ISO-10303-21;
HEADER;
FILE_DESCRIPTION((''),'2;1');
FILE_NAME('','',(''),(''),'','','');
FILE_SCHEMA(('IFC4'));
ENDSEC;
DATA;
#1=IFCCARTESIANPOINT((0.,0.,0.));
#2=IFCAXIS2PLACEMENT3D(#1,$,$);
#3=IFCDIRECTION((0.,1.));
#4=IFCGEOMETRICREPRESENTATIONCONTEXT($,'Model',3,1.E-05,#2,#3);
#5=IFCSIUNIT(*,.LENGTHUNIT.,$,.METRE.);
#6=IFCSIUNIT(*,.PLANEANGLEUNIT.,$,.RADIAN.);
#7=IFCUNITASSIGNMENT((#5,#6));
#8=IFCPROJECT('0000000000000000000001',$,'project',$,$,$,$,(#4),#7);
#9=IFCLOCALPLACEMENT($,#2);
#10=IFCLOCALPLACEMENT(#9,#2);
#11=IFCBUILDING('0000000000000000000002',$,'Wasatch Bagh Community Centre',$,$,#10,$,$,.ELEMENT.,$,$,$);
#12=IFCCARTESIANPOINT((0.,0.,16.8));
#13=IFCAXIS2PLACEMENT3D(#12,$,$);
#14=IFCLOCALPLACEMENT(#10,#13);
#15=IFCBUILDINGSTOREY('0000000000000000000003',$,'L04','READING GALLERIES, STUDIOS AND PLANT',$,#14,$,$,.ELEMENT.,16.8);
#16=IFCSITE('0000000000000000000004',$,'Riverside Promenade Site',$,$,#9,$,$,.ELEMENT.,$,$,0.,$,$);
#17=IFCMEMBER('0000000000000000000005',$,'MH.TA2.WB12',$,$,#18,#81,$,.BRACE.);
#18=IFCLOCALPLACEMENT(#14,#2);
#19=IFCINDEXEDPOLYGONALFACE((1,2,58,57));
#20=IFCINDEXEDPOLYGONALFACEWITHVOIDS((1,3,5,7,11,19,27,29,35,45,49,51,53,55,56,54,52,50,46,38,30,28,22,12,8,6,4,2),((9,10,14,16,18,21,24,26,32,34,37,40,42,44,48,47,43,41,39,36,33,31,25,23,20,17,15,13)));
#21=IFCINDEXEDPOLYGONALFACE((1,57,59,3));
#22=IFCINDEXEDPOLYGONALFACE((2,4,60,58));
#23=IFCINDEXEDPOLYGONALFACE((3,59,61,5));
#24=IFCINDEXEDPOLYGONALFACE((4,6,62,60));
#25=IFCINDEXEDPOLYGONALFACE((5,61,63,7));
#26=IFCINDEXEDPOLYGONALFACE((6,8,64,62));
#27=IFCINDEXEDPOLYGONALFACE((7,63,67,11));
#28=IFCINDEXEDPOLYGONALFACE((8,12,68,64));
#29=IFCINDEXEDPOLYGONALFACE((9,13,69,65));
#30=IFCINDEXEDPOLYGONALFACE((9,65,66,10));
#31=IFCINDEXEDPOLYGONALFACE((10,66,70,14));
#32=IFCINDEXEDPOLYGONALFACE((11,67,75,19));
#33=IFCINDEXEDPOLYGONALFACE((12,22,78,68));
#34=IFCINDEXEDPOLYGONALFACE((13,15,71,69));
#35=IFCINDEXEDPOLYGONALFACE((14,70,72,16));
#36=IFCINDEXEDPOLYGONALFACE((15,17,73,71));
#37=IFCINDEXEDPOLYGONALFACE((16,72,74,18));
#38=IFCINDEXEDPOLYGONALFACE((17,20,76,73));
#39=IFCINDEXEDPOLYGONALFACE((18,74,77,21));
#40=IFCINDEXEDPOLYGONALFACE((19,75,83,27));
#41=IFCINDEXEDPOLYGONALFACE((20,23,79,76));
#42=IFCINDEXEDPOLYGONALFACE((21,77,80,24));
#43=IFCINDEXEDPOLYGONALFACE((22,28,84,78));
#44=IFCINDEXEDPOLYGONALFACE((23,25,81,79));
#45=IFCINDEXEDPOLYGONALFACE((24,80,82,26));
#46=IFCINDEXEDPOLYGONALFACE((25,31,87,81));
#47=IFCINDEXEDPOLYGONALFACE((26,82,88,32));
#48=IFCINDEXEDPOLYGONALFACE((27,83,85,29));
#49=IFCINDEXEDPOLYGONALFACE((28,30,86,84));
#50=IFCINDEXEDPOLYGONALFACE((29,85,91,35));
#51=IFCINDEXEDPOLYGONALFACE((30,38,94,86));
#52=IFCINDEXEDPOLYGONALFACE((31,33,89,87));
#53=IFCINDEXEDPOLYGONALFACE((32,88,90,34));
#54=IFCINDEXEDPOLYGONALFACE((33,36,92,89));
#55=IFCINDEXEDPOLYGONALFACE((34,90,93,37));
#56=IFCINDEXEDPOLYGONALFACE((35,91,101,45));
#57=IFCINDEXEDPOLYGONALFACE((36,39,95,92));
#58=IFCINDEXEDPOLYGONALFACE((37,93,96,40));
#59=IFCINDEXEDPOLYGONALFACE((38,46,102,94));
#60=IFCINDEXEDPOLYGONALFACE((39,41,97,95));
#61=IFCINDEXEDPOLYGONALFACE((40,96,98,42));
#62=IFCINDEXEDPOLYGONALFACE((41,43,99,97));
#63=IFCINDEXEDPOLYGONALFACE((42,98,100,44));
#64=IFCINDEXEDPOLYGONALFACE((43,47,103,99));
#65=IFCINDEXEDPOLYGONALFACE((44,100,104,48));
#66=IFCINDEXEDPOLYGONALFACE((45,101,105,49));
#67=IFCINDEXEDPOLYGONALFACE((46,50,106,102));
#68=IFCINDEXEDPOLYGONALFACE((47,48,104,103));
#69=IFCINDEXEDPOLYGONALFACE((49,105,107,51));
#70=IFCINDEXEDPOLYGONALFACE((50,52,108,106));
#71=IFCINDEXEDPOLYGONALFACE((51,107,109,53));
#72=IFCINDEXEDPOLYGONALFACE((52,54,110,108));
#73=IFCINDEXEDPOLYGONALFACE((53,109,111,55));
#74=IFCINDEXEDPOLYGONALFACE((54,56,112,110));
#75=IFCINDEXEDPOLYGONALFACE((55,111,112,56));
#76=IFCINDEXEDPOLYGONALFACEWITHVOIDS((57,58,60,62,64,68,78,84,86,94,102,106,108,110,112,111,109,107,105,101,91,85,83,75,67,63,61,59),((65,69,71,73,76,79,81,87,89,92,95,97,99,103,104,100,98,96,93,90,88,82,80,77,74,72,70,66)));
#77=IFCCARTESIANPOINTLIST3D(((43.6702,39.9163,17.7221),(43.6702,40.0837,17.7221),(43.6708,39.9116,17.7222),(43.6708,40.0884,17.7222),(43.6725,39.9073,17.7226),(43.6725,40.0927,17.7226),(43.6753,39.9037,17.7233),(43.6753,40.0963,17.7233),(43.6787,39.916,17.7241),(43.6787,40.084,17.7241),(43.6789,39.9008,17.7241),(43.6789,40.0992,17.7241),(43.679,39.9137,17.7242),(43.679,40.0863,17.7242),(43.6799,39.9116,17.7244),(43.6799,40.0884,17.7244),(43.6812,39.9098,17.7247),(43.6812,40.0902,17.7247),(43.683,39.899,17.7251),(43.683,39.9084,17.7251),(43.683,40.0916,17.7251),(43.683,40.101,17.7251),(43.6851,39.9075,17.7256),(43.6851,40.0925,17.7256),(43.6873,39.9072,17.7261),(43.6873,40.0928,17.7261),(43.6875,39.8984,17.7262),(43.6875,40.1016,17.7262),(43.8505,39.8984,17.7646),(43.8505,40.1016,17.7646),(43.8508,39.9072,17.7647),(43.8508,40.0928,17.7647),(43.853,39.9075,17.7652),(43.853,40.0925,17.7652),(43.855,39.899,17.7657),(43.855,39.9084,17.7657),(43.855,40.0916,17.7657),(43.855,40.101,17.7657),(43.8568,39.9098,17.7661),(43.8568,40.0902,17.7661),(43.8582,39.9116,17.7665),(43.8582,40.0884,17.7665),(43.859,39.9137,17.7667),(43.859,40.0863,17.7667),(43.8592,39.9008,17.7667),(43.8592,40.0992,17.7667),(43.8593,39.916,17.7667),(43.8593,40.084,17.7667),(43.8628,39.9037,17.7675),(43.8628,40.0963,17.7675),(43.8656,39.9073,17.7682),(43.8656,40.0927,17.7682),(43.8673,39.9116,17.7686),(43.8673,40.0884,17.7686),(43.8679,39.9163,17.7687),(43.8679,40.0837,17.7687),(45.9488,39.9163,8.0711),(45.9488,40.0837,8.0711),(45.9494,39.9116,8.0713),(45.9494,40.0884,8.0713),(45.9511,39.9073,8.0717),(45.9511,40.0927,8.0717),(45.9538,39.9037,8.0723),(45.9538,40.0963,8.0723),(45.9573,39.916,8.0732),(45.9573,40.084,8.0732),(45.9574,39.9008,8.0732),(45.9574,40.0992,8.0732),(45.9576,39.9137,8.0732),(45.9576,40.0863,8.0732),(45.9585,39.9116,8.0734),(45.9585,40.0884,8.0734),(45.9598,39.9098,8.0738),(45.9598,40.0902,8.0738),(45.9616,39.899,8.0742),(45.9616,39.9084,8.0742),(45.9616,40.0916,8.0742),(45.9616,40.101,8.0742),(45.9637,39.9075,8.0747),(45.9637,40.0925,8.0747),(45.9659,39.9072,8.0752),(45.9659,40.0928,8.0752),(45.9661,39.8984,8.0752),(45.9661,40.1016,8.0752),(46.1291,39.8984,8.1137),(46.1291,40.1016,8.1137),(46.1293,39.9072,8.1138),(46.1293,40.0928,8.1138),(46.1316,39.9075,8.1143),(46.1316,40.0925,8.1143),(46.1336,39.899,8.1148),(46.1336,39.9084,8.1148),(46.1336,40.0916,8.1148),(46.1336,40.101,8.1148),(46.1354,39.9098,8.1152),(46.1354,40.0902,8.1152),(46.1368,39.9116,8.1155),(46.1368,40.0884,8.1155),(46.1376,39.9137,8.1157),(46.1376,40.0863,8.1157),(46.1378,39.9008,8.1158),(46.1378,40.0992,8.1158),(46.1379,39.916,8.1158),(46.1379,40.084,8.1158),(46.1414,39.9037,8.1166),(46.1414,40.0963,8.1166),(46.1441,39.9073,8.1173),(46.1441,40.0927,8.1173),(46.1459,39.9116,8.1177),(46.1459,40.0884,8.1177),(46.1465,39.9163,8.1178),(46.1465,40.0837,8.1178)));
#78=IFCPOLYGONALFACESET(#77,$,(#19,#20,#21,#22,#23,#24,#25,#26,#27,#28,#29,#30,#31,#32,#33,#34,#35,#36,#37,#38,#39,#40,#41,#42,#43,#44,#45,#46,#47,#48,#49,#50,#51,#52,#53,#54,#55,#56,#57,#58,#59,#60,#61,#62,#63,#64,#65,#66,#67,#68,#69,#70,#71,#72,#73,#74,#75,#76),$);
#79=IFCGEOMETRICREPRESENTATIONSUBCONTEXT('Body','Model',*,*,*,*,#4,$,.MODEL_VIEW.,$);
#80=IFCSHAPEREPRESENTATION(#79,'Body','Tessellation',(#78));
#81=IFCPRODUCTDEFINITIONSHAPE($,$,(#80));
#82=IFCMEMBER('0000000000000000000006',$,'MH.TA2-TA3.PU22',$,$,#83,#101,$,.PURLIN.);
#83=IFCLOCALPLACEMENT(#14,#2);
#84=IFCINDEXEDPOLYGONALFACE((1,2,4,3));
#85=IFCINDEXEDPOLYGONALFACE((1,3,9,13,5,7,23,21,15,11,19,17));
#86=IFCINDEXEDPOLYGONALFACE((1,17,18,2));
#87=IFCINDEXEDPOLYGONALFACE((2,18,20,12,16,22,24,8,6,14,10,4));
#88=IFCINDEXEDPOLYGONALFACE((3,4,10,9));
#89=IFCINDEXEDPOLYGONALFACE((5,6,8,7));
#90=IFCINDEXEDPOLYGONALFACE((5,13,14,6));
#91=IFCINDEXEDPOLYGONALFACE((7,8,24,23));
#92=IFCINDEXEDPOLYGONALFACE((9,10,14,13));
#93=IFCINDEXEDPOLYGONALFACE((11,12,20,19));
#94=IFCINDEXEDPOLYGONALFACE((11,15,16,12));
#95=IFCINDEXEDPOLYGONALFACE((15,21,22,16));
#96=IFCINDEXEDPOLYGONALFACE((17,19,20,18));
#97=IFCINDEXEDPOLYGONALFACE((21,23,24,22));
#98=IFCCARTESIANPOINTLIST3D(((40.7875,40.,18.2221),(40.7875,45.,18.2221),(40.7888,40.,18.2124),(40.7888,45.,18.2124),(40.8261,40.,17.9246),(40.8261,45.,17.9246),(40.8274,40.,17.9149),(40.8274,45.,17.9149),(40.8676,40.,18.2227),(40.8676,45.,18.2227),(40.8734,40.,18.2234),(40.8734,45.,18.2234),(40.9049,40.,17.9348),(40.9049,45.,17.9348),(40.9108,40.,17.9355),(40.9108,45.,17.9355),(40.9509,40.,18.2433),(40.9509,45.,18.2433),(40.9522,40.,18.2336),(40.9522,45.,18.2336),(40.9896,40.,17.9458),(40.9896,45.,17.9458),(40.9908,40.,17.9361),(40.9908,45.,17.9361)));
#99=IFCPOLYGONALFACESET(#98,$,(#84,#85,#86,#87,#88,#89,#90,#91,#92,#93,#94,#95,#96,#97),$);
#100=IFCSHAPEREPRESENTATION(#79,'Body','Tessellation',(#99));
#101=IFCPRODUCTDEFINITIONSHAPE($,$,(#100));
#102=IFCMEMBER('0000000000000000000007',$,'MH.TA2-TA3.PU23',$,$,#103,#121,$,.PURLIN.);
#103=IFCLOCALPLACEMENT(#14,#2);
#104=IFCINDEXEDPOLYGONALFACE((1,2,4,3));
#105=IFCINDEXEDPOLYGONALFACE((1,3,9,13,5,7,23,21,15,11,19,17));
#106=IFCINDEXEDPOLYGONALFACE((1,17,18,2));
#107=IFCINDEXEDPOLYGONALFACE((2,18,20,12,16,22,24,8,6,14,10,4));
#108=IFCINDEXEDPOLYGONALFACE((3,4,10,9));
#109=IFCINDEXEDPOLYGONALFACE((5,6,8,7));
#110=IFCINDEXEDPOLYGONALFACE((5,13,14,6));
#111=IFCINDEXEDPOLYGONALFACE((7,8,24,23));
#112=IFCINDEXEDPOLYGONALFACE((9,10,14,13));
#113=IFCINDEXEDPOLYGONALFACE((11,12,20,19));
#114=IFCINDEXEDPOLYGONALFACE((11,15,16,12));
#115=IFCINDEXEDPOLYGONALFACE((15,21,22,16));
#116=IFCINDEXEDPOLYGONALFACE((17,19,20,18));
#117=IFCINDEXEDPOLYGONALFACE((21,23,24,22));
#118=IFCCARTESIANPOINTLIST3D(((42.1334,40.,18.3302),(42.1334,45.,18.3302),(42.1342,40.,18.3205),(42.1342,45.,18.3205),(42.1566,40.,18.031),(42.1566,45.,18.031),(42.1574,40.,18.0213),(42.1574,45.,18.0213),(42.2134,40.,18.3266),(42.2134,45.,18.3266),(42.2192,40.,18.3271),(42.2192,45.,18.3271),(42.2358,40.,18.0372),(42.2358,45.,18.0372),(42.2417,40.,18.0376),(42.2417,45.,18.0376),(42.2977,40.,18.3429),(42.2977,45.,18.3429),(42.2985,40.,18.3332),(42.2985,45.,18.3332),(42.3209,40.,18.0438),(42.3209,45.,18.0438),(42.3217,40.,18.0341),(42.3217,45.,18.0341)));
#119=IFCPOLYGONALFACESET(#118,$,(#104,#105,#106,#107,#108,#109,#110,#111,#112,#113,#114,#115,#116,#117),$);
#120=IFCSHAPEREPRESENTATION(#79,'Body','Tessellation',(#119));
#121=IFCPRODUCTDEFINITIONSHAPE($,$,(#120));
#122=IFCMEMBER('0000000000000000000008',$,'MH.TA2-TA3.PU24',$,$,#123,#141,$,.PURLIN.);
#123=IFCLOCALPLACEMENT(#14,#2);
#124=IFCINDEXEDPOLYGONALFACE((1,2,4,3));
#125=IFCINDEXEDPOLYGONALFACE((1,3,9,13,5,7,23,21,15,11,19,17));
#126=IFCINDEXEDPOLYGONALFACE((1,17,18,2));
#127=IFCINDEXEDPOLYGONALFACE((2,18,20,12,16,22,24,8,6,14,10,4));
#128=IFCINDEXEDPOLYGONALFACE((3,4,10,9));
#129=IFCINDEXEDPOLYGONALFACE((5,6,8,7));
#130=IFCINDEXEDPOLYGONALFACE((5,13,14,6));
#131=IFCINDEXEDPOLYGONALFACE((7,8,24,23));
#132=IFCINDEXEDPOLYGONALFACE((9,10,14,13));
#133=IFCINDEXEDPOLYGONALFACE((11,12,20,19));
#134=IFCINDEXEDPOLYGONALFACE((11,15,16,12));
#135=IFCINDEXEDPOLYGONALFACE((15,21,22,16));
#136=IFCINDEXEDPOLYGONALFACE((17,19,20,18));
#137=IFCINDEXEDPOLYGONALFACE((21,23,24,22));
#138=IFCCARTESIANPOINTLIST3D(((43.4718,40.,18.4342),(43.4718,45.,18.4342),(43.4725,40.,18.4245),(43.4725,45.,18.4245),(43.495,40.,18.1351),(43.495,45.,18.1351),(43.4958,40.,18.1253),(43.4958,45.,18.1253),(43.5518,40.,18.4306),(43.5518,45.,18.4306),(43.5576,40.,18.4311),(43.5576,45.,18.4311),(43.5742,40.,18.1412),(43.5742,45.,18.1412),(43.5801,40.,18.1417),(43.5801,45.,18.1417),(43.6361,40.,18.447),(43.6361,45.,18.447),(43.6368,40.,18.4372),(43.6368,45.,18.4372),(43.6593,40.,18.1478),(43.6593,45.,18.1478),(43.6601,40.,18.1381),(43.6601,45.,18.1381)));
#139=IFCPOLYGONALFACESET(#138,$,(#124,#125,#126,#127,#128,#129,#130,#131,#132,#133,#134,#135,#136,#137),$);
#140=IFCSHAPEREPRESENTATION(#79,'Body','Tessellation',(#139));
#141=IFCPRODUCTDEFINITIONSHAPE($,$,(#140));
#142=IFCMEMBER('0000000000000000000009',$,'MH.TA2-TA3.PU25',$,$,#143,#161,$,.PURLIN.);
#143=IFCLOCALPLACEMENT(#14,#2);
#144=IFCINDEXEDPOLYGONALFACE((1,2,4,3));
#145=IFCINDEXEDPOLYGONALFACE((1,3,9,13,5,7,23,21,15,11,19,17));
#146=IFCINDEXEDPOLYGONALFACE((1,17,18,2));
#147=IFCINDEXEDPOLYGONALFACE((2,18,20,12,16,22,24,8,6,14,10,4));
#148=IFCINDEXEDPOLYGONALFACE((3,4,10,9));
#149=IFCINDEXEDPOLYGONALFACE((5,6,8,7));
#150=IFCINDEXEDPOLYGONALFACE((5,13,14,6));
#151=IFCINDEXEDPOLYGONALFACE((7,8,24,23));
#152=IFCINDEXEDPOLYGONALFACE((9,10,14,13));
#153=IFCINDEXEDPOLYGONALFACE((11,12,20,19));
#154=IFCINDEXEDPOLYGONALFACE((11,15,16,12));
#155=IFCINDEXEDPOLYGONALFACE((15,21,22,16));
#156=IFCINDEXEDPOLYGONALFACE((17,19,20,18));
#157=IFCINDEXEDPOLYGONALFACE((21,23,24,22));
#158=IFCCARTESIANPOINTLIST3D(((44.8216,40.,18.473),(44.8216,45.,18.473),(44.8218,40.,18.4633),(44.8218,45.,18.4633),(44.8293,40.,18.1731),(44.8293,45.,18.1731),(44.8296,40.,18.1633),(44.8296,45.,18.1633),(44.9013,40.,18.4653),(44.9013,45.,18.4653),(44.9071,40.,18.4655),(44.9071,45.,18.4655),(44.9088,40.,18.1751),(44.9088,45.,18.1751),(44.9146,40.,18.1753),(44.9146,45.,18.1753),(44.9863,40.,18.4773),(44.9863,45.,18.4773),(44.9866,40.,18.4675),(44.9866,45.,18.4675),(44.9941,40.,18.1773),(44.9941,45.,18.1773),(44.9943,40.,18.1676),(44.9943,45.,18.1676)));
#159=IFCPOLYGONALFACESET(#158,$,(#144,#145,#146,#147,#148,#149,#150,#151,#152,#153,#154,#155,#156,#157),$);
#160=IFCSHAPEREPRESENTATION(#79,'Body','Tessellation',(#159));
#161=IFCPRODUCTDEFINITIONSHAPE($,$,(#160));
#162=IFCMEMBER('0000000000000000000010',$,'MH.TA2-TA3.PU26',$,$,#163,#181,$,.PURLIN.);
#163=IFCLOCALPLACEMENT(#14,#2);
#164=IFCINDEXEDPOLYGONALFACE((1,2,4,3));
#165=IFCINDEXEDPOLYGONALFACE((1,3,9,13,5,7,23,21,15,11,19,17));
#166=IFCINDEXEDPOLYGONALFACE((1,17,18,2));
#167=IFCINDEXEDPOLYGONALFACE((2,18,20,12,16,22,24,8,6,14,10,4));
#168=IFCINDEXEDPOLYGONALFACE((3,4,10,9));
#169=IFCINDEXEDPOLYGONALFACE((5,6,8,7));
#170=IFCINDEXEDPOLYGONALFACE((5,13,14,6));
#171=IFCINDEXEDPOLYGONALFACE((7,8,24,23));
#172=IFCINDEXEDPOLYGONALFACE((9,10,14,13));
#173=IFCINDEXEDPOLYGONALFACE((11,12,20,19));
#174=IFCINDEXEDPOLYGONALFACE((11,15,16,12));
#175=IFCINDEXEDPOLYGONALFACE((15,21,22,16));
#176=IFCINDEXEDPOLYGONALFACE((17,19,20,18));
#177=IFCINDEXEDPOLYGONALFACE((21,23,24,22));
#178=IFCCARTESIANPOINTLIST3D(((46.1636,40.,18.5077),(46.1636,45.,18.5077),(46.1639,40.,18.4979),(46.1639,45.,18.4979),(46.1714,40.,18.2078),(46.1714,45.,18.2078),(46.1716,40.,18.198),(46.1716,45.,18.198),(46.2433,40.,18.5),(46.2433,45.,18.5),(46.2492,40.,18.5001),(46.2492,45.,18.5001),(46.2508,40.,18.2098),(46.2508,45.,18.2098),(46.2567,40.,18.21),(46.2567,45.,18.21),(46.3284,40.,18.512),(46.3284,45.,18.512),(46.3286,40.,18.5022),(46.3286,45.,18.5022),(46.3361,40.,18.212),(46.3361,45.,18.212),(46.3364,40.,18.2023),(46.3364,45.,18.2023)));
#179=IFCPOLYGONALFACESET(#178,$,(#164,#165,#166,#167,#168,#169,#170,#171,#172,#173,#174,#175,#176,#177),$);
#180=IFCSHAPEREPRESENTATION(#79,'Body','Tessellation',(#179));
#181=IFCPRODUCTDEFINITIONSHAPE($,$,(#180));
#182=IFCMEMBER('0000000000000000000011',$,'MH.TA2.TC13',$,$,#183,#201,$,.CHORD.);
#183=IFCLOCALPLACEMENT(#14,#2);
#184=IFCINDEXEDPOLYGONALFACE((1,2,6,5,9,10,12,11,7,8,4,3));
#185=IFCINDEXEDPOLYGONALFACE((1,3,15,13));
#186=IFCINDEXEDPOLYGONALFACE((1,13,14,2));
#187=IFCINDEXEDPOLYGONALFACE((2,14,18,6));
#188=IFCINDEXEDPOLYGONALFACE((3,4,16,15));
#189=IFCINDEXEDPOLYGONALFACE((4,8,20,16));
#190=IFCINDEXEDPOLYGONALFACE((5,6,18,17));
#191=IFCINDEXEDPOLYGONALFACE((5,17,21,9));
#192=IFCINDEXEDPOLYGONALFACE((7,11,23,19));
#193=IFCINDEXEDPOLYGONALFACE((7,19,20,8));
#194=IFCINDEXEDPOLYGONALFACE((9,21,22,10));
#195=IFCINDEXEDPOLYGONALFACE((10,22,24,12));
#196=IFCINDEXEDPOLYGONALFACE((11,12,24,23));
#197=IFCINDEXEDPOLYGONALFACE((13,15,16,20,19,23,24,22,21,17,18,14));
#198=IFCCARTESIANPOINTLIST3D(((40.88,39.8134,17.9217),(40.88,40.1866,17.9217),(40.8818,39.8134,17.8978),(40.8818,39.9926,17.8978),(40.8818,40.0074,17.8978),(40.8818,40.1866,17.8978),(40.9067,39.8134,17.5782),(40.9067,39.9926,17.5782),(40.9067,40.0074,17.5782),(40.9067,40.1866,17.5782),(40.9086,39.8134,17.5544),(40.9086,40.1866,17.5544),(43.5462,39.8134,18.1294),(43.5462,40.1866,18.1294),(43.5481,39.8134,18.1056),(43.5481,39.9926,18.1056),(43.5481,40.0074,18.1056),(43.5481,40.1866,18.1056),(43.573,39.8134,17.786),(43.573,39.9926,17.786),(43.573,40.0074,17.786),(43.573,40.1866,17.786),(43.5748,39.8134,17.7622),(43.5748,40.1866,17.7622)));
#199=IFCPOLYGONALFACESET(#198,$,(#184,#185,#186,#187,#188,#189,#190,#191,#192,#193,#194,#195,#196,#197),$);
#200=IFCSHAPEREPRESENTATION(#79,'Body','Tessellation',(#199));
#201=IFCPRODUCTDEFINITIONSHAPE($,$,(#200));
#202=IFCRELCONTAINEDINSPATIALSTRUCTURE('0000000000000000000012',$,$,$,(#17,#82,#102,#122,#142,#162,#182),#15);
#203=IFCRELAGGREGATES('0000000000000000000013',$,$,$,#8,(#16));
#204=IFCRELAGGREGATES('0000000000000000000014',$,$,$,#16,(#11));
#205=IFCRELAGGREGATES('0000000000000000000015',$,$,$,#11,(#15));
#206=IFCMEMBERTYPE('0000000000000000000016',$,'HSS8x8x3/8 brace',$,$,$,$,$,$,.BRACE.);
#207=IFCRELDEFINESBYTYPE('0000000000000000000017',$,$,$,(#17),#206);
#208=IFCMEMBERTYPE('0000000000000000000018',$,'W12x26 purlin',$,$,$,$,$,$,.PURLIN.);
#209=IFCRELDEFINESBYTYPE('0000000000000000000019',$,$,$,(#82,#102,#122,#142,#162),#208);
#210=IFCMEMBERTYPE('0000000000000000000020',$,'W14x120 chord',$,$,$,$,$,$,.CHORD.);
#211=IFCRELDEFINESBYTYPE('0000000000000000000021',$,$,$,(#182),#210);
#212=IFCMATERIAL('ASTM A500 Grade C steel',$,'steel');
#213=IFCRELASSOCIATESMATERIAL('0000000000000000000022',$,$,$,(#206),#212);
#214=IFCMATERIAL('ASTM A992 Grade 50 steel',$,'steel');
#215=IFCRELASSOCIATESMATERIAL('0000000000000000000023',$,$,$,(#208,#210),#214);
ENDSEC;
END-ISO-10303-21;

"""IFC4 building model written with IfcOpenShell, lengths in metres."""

from ifc_helpers import new_model, si_unit, direction, frame, origin, origin_2d, place, context, subcontext, project, spatial, hollow_rectangle, i_section, extrude, material, material_profile, profile_set, type_object, element, save


model = new_model("IFC4")

# Units and contexts
model_context = context("Model", 3, precision=1e-05, world=origin(), true_north=direction((0.0, 1.0)))
body_context = subcontext(model_context, "Body", "Model", "MODEL_VIEW")
ifc_project = project(units=[si_unit("LENGTHUNIT", "METRE"), si_unit("PLANEANGLEUNIT", "RADIAN")], contexts=[model_context])

# Site, building, storey
site_placement = place(None, origin())
site = spatial("IfcSite", under=ifc_project, at=site_placement, Name="Riverside Promenade Site", CompositionType="ELEMENT", RefElevation=0.0)
building_placement = place(site_placement, origin())
building = spatial("IfcBuilding", under=site, at=building_placement, Name="Wasatch Bagh Community Centre", CompositionType="ELEMENT")
storey_placement = place(building_placement, frame((0.0, 0.0, 16.8)))
storey = spatial("IfcBuildingStorey", under=building, at=storey_placement, Name="L04", Description="READING GALLERIES, STUDIOS AND PLANT", CompositionType="ELEMENT", Elevation=16.8)

# Members
ifc_material_1 = material(Name="ASTM A500 Grade C steel", Category="steel")
ifc_material_profile_1 = material_profile(ifc_material_1, hollow_rectangle(XDim=0.2031, YDim=0.2031, WallThickness=0.0088, InnerFilletRadius=0.0088, OuterFilletRadius=0.0178, at=origin_2d()), Name="HSS8x8x3/8")
ifc_profile_set_1 = profile_set([ifc_material_profile_1], Name="ASTM A500 Grade C steel")
member_type_1 = type_object("IfcMemberType", Name="HSS8x8x3/8 brace", PredefinedType="BRACE", material=ifc_profile_set_1)
member_1_placement = place(storey_placement, frame((46.0476, 40.0, 8.0945), z_axis=(-0.229782, 0.0, 0.973242), x_axis=(0.0, -1.0, 0.0)))
element("IfcMember", 1, at=member_1_placement, inside=storey, type_object=member_type_1, Name="MH.TA2.WB12", PredefinedType="BRACE", context=body_context, shape_type="SweptSolid", body=[
    extrude(hollow_rectangle(XDim=0.2031, YDim=0.2031, WallThickness=0.0088, InnerFilletRadius=0.0088, OuterFilletRadius=0.0178, at=origin_2d()), origin(), (0.0, 0.0, 1.0), 9.9163),
])
ifc_material_2 = material(Name="ASTM A992 Grade 50 steel", Category="steel")
ifc_material_profile_2 = material_profile(ifc_material_2, i_section(OverallWidth=0.1648, OverallDepth=0.3098, WebThickness=0.0059, FlangeThickness=0.0098, at=origin_2d()), Name="W12x26")
ifc_profile_set_2 = profile_set([ifc_material_profile_2], Name="ASTM A992 Grade 50 steel")
member_type_2 = type_object("IfcMemberType", Name="W12x26 purlin", PredefinedType="PURLIN", material=ifc_profile_set_2)
for number, where, z_axis, x_axis, name in (
    (2, (40.8892, 40.0, 18.0791), (0.0, 1.0, 0.0), (-0.991678, 0.0, -0.12874), "MH.TA2-TA3.PU22"),
    (3, (42.2275, 40.0, 18.1821), (0.0, 1.0, 0.0), (-0.997002, 0.0, -0.077382), "MH.TA2-TA3.PU23"),
    (4, (43.5659, 40.0, 18.2861), (0.0, 1.0, 0.0), (-0.997002, 0.0, -0.077382), "MH.TA2-TA3.PU24"),
    (5, (44.908, 40.0, 18.3203), (0.0, 1.0, 0.0), (-0.999667, 0.0, -0.025817), "MH.TA2-TA3.PU25"),
    (6, (46.25, 40.0, 18.355), (0.0, 1.0, 0.0), (-0.999667, 0.0, -0.025817), "MH.TA2-TA3.PU26"),
):
    element("IfcMember", number, at=place(storey_placement, frame(where, z_axis=z_axis, x_axis=x_axis)), inside=storey, type_object=member_type_2, Name=name, PredefinedType="PURLIN", context=body_context, shape_type="SweptSolid", body=[
        extrude(i_section(OverallWidth=0.1648, OverallDepth=0.3098, WebThickness=0.0059, FlangeThickness=0.0098, at=origin_2d()), origin(), (0.0, 0.0, 1.0), 5.0),
    ])
ifc_material_profile_3 = material_profile(ifc_material_2, i_section(OverallWidth=0.3733, OverallDepth=0.3684, WebThickness=0.0149, FlangeThickness=0.0239, at=origin_2d()), Name="W14x120")
ifc_profile_set_3 = profile_set([ifc_material_profile_3], Name="ASTM A992 Grade 50 steel")
member_type_3 = type_object("IfcMemberType", Name="W14x120 chord", PredefinedType="CHORD", material=ifc_profile_set_3)
member_2_placement = place(storey_placement, frame((40.8943, 40.0, 17.738), z_axis=(0.996978, 0.0, 0.077688), x_axis=(0.0, 1.0, 0.0)))
element("IfcMember", 7, at=member_2_placement, inside=storey, type_object=member_type_3, Name="MH.TA2.TC13", PredefinedType="CHORD", context=body_context, shape_type="SweptSolid", body=[
    extrude(i_section(OverallWidth=0.3733, OverallDepth=0.3684, WebThickness=0.0149, FlangeThickness=0.0239, at=origin_2d()), origin(), (0.0, 0.0, 1.0), 2.6743),
])

save(model, "model.ifc")
